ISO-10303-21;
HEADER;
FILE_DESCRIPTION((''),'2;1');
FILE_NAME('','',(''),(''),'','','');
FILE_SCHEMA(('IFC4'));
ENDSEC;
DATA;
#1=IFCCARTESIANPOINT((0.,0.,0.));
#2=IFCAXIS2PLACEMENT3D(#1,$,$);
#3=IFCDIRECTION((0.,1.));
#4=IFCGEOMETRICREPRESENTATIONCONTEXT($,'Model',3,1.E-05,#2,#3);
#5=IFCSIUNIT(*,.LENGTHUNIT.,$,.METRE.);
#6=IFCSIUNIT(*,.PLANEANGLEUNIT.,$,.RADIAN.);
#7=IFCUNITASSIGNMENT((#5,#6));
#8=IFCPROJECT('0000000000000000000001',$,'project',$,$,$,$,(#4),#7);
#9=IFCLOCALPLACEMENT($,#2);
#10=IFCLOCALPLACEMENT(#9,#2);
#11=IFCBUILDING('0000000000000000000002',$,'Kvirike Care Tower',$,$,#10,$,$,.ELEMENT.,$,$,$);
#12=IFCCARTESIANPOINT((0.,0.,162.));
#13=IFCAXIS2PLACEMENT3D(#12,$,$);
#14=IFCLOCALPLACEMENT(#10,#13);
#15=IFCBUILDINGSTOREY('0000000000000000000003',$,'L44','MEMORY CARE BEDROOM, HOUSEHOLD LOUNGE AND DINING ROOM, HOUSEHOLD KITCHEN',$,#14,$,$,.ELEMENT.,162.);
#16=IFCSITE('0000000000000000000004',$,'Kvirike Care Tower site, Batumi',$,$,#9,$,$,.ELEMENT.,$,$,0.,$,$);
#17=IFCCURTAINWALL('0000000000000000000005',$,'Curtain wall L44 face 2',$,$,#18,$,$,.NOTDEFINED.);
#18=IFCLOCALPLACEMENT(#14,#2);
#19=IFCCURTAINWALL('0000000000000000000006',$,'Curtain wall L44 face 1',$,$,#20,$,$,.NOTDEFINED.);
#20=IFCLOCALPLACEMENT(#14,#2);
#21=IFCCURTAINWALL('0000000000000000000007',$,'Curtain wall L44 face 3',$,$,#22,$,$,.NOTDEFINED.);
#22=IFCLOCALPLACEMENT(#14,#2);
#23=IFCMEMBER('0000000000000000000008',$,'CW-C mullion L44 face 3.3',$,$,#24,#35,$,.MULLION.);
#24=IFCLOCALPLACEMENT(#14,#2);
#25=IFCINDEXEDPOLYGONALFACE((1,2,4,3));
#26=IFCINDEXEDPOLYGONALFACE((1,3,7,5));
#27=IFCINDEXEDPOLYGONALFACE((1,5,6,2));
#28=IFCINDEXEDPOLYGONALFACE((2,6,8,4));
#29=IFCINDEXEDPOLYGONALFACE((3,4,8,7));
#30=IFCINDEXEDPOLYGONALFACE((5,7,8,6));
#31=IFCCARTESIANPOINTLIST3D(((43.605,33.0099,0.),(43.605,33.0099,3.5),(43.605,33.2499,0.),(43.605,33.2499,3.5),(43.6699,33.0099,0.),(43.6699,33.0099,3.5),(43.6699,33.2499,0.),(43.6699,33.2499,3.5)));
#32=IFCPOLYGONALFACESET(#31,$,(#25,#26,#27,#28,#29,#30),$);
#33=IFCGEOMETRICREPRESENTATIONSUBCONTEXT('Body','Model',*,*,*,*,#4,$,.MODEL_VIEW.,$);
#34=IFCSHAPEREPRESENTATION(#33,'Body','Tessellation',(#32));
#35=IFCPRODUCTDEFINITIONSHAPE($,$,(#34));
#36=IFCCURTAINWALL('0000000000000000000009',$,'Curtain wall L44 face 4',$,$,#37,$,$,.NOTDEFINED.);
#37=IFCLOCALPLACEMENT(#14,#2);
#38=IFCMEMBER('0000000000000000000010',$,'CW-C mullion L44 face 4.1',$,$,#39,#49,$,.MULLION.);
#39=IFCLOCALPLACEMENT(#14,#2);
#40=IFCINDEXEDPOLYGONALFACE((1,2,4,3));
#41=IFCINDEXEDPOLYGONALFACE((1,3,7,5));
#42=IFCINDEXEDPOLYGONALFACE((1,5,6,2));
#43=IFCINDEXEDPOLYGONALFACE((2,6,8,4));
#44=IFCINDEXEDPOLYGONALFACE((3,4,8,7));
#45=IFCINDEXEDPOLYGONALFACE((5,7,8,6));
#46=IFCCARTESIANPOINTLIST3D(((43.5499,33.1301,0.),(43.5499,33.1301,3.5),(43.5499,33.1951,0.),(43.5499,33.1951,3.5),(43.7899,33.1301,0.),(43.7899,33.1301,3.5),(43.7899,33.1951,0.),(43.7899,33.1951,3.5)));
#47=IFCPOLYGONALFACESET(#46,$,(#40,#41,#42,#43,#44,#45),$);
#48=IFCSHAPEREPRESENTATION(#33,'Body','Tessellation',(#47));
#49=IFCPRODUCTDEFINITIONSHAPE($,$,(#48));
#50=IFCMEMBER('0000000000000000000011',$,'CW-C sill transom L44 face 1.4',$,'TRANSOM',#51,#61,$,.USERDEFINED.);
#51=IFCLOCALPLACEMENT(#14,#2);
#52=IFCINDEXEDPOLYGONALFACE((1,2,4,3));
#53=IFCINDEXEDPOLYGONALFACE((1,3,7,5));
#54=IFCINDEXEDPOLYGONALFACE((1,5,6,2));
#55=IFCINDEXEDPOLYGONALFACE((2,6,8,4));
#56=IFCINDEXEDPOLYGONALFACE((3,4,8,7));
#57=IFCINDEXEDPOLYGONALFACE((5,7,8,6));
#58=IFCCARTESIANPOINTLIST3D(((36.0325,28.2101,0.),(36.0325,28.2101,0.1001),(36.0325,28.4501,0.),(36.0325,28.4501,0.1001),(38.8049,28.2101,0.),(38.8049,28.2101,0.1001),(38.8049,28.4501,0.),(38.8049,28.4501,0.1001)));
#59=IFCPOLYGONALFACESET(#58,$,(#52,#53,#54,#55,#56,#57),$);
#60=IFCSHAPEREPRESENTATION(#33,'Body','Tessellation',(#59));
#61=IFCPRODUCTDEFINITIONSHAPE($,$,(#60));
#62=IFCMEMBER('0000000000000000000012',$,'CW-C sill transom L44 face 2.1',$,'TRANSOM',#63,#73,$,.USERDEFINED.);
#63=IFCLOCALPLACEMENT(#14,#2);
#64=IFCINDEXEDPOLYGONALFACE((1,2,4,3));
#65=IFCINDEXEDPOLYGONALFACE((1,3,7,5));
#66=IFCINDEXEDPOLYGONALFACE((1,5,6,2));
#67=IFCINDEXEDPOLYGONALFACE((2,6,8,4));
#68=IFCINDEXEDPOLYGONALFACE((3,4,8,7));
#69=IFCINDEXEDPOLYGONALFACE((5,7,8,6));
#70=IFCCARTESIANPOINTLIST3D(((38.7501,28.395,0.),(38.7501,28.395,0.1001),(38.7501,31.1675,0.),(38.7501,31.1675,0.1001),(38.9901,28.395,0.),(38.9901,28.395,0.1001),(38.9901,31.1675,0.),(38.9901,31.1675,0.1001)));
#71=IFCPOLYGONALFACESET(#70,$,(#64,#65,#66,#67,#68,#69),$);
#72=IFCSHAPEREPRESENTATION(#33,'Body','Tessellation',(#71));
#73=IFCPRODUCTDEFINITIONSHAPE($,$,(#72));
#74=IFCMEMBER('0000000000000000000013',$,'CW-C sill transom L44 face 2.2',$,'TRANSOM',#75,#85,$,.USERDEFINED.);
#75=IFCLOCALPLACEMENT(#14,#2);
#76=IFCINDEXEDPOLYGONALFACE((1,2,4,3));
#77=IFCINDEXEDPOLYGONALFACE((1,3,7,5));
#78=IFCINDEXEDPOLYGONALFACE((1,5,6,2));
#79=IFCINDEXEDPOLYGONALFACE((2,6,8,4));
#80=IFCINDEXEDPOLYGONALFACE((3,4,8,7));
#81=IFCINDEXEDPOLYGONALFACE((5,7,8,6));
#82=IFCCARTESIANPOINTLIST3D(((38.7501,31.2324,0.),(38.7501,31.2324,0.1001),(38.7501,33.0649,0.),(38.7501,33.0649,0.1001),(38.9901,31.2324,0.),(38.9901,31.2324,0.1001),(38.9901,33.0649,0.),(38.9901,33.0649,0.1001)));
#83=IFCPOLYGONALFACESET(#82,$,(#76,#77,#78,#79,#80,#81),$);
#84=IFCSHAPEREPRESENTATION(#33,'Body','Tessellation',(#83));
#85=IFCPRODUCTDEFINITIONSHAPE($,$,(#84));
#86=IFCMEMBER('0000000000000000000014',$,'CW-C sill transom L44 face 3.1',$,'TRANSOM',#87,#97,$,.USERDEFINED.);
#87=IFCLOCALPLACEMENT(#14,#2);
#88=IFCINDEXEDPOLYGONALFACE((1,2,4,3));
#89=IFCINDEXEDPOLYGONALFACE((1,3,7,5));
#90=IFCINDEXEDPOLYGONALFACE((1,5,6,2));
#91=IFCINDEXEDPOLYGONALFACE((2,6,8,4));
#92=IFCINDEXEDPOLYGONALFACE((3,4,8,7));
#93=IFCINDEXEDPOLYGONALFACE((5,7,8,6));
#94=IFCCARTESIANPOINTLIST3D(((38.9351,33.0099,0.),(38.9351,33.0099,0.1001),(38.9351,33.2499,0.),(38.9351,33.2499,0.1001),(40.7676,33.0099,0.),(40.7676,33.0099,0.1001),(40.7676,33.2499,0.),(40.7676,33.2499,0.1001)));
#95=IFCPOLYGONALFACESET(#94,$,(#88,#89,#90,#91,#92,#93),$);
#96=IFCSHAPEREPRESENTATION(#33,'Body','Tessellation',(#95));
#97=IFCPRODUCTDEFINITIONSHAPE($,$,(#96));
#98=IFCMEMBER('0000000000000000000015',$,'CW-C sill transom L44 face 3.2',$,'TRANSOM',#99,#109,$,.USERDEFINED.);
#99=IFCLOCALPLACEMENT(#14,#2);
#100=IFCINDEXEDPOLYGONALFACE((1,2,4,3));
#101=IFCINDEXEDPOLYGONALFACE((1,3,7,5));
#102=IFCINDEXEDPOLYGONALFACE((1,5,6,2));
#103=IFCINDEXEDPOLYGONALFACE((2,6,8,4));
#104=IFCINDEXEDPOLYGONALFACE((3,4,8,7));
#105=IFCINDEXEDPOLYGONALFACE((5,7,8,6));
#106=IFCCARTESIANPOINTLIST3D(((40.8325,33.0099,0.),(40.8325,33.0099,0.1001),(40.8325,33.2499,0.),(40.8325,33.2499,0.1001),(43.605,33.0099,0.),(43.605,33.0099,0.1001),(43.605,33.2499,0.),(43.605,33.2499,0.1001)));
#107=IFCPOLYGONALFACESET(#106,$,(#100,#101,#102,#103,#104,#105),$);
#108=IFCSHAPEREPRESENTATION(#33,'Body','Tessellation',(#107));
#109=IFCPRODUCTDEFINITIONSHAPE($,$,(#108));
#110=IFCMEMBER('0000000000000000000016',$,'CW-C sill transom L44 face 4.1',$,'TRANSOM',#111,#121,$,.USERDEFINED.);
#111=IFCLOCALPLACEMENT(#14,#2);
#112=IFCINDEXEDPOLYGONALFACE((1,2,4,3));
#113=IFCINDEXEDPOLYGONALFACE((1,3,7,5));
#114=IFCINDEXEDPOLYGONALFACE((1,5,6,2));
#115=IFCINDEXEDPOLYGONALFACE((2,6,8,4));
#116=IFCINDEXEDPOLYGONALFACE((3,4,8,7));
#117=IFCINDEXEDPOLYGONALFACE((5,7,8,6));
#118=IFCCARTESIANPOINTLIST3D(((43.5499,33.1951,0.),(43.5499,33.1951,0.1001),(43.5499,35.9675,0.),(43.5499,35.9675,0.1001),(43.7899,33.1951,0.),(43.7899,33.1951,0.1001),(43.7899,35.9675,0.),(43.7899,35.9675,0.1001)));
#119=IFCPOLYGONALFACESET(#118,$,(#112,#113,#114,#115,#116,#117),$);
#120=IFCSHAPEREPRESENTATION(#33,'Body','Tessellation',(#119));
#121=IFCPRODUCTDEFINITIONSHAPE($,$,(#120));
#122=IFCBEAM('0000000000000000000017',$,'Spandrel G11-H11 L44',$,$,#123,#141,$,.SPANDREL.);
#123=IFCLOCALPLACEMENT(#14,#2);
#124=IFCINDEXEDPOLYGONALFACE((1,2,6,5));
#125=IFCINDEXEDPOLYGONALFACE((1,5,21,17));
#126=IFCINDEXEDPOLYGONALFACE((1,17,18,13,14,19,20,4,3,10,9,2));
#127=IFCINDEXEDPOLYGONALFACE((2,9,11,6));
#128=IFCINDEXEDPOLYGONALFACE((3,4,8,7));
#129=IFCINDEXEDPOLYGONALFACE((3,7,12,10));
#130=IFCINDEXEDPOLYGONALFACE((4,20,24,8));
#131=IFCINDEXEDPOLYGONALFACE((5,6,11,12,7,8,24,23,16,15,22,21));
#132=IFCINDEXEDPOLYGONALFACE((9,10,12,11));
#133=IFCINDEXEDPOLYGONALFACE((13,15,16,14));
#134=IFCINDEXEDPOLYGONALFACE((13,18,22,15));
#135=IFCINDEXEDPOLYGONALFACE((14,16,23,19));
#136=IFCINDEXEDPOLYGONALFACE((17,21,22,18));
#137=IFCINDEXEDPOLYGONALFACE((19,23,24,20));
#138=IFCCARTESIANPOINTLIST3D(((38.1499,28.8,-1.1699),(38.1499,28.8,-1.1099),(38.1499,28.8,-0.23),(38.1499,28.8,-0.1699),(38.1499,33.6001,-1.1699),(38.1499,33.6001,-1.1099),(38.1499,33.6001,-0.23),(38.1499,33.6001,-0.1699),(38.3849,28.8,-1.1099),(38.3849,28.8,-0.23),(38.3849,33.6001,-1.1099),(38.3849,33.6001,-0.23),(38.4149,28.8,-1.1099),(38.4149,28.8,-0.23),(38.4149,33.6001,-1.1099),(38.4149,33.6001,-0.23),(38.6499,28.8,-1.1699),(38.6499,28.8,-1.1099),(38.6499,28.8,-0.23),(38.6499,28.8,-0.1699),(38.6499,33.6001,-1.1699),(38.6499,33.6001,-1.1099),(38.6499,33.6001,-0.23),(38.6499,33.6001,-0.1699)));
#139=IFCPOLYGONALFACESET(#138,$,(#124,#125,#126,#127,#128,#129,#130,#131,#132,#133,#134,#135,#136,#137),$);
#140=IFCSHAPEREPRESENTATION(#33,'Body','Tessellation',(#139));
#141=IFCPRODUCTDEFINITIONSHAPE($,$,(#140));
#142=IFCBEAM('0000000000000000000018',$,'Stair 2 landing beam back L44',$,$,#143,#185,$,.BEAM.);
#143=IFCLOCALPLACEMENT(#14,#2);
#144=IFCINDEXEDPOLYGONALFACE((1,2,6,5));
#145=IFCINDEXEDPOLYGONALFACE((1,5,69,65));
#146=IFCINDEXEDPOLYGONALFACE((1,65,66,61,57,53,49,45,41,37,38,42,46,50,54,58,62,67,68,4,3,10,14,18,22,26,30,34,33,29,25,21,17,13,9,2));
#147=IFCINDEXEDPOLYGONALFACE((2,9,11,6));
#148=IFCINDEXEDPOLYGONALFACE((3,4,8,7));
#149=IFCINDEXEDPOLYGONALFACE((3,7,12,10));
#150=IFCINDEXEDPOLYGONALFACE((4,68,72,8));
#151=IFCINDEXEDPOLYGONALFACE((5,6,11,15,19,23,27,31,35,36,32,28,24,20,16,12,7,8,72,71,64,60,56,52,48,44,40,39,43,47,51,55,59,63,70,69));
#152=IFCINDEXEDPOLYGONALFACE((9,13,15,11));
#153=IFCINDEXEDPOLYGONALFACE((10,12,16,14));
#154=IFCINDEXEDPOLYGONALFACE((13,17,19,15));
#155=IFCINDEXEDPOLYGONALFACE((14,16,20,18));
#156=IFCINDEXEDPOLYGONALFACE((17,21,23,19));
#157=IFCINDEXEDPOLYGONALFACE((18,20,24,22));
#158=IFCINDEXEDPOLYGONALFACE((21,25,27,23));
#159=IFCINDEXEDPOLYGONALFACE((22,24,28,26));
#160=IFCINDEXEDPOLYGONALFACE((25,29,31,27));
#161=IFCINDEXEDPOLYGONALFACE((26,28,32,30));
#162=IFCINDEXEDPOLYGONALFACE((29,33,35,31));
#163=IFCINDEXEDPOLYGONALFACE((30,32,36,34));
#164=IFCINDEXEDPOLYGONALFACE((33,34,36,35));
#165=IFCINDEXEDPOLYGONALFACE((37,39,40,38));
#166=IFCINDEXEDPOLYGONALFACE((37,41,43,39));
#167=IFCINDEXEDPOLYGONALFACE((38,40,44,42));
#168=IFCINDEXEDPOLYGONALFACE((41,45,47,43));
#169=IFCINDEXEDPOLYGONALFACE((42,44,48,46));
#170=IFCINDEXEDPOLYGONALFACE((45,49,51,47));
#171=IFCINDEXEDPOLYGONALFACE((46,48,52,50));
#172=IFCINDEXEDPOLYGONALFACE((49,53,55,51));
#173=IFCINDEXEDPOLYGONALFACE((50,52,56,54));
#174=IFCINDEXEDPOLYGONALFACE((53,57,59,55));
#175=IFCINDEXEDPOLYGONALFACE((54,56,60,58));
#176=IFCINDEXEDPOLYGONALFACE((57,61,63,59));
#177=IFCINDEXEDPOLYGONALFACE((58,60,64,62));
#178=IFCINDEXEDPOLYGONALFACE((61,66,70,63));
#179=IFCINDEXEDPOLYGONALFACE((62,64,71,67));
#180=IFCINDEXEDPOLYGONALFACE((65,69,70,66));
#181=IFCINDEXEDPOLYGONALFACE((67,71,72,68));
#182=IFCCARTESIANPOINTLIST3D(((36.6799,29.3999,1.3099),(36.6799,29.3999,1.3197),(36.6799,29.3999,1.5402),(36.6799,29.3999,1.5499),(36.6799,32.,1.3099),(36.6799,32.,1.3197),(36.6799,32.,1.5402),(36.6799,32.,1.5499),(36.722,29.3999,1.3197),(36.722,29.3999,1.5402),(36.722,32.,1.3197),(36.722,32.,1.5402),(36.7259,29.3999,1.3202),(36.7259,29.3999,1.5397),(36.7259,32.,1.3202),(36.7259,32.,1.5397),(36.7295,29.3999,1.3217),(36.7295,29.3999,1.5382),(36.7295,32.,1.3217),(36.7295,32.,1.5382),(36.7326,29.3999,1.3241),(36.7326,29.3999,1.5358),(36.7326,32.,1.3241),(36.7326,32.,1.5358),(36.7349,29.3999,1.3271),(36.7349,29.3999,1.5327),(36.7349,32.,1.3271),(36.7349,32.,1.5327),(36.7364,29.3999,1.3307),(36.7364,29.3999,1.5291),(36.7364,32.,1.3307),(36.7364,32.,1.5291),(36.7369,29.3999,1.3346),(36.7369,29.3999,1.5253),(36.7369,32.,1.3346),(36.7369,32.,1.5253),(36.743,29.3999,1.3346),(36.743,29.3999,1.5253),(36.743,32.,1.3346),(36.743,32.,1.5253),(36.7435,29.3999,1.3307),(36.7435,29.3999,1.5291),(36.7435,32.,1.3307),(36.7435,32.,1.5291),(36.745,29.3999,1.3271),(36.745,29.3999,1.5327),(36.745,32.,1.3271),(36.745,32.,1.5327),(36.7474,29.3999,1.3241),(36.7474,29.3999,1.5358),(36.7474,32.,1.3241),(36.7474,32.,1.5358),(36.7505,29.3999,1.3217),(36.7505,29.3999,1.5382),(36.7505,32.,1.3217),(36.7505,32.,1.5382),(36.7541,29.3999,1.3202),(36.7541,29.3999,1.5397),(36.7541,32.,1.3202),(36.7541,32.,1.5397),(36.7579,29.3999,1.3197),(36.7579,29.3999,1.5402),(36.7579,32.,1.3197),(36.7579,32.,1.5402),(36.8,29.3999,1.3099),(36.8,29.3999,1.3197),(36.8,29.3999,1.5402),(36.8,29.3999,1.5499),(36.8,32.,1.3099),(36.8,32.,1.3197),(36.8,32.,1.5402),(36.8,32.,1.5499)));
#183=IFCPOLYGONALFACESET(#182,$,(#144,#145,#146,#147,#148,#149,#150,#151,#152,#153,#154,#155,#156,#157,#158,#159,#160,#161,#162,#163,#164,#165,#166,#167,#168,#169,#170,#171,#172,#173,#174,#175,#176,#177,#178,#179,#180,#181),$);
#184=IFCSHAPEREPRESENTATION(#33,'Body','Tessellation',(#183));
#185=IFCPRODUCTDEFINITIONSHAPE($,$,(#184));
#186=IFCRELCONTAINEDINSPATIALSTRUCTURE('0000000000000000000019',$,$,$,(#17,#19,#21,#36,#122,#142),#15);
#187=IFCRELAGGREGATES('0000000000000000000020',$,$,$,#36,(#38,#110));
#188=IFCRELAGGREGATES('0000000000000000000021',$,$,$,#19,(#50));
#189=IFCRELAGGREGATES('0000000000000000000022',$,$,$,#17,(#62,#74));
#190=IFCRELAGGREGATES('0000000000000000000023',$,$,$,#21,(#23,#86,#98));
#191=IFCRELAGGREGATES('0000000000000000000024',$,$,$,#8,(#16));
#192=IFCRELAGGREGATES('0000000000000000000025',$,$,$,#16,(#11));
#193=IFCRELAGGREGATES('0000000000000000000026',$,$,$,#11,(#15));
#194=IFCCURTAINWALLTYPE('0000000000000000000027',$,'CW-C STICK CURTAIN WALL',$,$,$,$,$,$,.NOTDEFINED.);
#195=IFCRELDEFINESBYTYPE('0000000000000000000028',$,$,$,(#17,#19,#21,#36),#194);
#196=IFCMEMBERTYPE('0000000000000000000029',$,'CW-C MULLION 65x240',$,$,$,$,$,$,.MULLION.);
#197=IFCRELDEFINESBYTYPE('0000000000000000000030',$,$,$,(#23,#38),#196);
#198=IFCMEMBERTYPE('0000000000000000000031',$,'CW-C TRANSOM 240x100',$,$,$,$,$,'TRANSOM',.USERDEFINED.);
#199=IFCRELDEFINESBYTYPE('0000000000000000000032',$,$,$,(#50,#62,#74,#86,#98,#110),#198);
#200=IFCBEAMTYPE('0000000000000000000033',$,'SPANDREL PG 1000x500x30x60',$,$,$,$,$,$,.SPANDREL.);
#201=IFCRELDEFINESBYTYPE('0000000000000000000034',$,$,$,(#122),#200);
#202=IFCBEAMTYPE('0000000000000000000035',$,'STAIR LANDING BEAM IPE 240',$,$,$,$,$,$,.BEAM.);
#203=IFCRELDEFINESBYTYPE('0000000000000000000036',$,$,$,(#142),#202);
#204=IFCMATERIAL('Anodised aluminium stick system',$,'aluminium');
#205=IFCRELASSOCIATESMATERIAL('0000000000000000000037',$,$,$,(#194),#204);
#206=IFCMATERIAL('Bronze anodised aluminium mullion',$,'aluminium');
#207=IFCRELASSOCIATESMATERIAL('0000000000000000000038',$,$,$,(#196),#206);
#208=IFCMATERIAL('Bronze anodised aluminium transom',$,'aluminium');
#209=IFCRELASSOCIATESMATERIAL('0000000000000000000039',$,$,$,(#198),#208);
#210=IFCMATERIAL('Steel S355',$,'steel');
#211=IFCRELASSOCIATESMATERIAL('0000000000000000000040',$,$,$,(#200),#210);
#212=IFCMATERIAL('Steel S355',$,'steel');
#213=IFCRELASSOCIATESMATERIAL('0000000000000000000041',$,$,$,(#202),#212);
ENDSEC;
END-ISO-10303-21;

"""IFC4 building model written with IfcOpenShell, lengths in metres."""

from ifc_helpers import new_model, si_unit, direction, frame, origin, origin_2d, place, context, subcontext, project, spatial, rectangle, i_section, extrude, material, material_profile, profile_set, type_object, element, aggregate, save


model = new_model("IFC4")

# Units and contexts
model_context = context("Model", 3, precision=1e-05, world=origin(), true_north=direction((0.0, 1.0)))
body_context = subcontext(model_context, "Body", "Model", "MODEL_VIEW")
ifc_project = project(units=[si_unit("LENGTHUNIT", "METRE"), si_unit("PLANEANGLEUNIT", "RADIAN")], contexts=[model_context])

# Site, building, storey
site_placement = place(None, origin())
site = spatial("IfcSite", under=ifc_project, at=site_placement, Name="Kvirike Care Tower site, Batumi", CompositionType="ELEMENT", RefElevation=0.0)
building_placement = place(site_placement, origin())
building = spatial("IfcBuilding", under=site, at=building_placement, Name="Kvirike Care Tower", CompositionType="ELEMENT")
storey_placement = place(building_placement, frame((0.0, 0.0, 162.0)))
storey = spatial("IfcBuildingStorey", under=building, at=storey_placement, Name="L44", Description="MEMORY CARE BEDROOM, HOUSEHOLD LOUNGE AND DINING ROOM, HOUSEHOLD KITCHEN", CompositionType="ELEMENT", Elevation=162.0)

# Curtain wall
ifc_material_1 = material(Name="Anodised aluminium stick system", Category="aluminium")
curtain_wall_type = type_object("IfcCurtainWallType", Name="CW-C STICK CURTAIN WALL", PredefinedType="NOTDEFINED", material=ifc_material_1)
curtain_wall_1_placement = place(storey_placement, origin())
curtain_wall_1 = element("IfcCurtainWall", 1, at=curtain_wall_1_placement, inside=storey, type_object=curtain_wall_type, Name="Curtain wall L44 face 2", PredefinedType="NOTDEFINED")

# Curtain wall
curtain_wall_2_placement = place(storey_placement, origin())
curtain_wall_2 = element("IfcCurtainWall", 2, at=curtain_wall_2_placement, inside=storey, type_object=curtain_wall_type, Name="Curtain wall L44 face 1", PredefinedType="NOTDEFINED")
ifc_material_2 = material(Name="Bronze anodised aluminium mullion", Category="aluminium")
ifc_material_profile_1 = material_profile(ifc_material_2, rectangle(XDim=0.0649, YDim=0.24, at=origin_2d()), Name="CW-C MULLION 65x240")
ifc_profile_set_1 = profile_set([ifc_material_profile_1], Name="Bronze anodised aluminium mullion")
member_type_1 = type_object("IfcMemberType", Name="CW-C MULLION 65x240", PredefinedType="MULLION", material=ifc_profile_set_1)

# Curtain wall, member
curtain_wall_3_placement = place(storey_placement, origin())
curtain_wall_3 = element("IfcCurtainWall", 3, at=curtain_wall_3_placement, inside=storey, type_object=curtain_wall_type, Name="Curtain wall L44 face 3", PredefinedType="NOTDEFINED")
member_1_placement = place(storey_placement, frame((43.6375, 33.1299, 0.0), z_axis=(0.0, 0.0, 1.0), x_axis=(1.0, 0.0, 0.0)))
member_1 = element("IfcMember", 4, at=member_1_placement, type_object=member_type_1, Name="CW-C mullion L44 face 3.3", PredefinedType="MULLION", context=body_context, shape_type="SweptSolid", body=[
    extrude(rectangle(XDim=0.0649, YDim=0.24, at=origin_2d()), origin(), (0.0, 0.0, 1.0), 3.5),
])

# Curtain wall, member
curtain_wall_4_placement = place(storey_placement, origin())
curtain_wall_4 = element("IfcCurtainWall", 5, at=curtain_wall_4_placement, inside=storey, type_object=curtain_wall_type, Name="Curtain wall L44 face 4", PredefinedType="NOTDEFINED")
member_2_placement = place(storey_placement, frame((43.6699, 33.1626, 0.0), z_axis=(0.0, 0.0, 1.0), x_axis=(0.0, 1.0, 0.0)))
member_2 = element("IfcMember", 6, at=member_2_placement, type_object=member_type_1, Name="CW-C mullion L44 face 4.1", PredefinedType="MULLION", context=body_context, shape_type="SweptSolid", body=[
    extrude(rectangle(XDim=0.0649, YDim=0.24, at=origin_2d()), origin(), (0.0, 0.0, 1.0), 3.5),
])

# Members
ifc_material_3 = material(Name="Bronze anodised aluminium transom", Category="aluminium")
ifc_material_profile_2 = material_profile(ifc_material_3, rectangle(XDim=0.24, YDim=0.1001, at=origin_2d()), Name="CW-C TRANSOM 240x100")
ifc_profile_set_2 = profile_set([ifc_material_profile_2], Name="Bronze anodised aluminium transom")
member_type_2 = type_object("IfcMemberType", Name="CW-C TRANSOM 240x100", ElementType="TRANSOM", PredefinedType="USERDEFINED", material=ifc_profile_set_2)
member_3_placement = place(storey_placement, frame((36.0325, 28.3301, 0.05), z_axis=(1.0, 0.0, 0.0), x_axis=(0.0, 1.0, 0.0)))
member_3 = element("IfcMember", 7, at=member_3_placement, type_object=member_type_2, Name="CW-C sill transom L44 face 1.4", ObjectType="TRANSOM", PredefinedType="USERDEFINED", context=body_context, shape_type="SweptSolid", body=[
    extrude(rectangle(XDim=0.24, YDim=0.1001, at=origin_2d()), origin(), (0.0, 0.0, 1.0), 2.7725),
])
member_4_placement = place(storey_placement, frame((38.8701, 28.395, 0.05), z_axis=(0.0, 1.0, 0.0), x_axis=(-1.0, 0.0, 0.0)))
member_4 = element("IfcMember", 8, at=member_4_placement, type_object=member_type_2, Name="CW-C sill transom L44 face 2.1", ObjectType="TRANSOM", PredefinedType="USERDEFINED", context=body_context, shape_type="SweptSolid", body=[
    extrude(rectangle(XDim=0.24, YDim=0.1001, at=origin_2d()), origin(), (0.0, 0.0, 1.0), 2.7725),
])
member_5_placement = place(storey_placement, frame((38.8701, 31.2324, 0.05), z_axis=(0.0, 1.0, 0.0), x_axis=(-1.0, 0.0, 0.0)))
member_5 = element("IfcMember", 9, at=member_5_placement, type_object=member_type_2, Name="CW-C sill transom L44 face 2.2", ObjectType="TRANSOM", PredefinedType="USERDEFINED", context=body_context, shape_type="SweptSolid", body=[
    extrude(rectangle(XDim=0.24, YDim=0.1001, at=origin_2d()), origin(), (0.0, 0.0, 1.0), 1.8325),
])
member_6_placement = place(storey_placement, frame((38.9351, 33.1299, 0.05), z_axis=(1.0, 0.0, 0.0), x_axis=(0.0, 1.0, 0.0)))
member_6 = element("IfcMember", 10, at=member_6_placement, type_object=member_type_2, Name="CW-C sill transom L44 face 3.1", ObjectType="TRANSOM", PredefinedType="USERDEFINED", context=body_context, shape_type="SweptSolid", body=[
    extrude(rectangle(XDim=0.24, YDim=0.1001, at=origin_2d()), origin(), (0.0, 0.0, 1.0), 1.8325),
])
member_7_placement = place(storey_placement, frame((40.8325, 33.1299, 0.05), z_axis=(1.0, 0.0, 0.0), x_axis=(0.0, 1.0, 0.0)))
member_7 = element("IfcMember", 11, at=member_7_placement, type_object=member_type_2, Name="CW-C sill transom L44 face 3.2", ObjectType="TRANSOM", PredefinedType="USERDEFINED", context=body_context, shape_type="SweptSolid", body=[
    extrude(rectangle(XDim=0.24, YDim=0.1001, at=origin_2d()), origin(), (0.0, 0.0, 1.0), 2.7725),
])
member_8_placement = place(storey_placement, frame((43.6699, 33.1951, 0.05), z_axis=(0.0, 1.0, 0.0), x_axis=(-1.0, 0.0, 0.0)))
member_8 = element("IfcMember", 12, at=member_8_placement, type_object=member_type_2, Name="CW-C sill transom L44 face 4.1", ObjectType="TRANSOM", PredefinedType="USERDEFINED", context=body_context, shape_type="SweptSolid", body=[
    extrude(rectangle(XDim=0.24, YDim=0.1001, at=origin_2d()), origin(), (0.0, 0.0, 1.0), 2.7725),
])
aggregate(curtain_wall_4, [member_2, member_8])

# Beams
ifc_material_4 = material(Name="Steel S355", Category="steel")
ifc_material_profile_3 = material_profile(ifc_material_4, i_section(OverallWidth=0.5, OverallDepth=1.0, WebThickness=0.03, FlangeThickness=0.0601, at=origin_2d()), Name="PG 1000x500x30x60")
ifc_profile_set_3 = profile_set([ifc_material_profile_3], Name="Steel S355")
beam_type_1 = type_object("IfcBeamType", Name="SPANDREL PG 1000x500x30x60", PredefinedType="SPANDREL", material=ifc_profile_set_3)
beam_placement = place(storey_placement, frame((38.3999, 28.8, -0.6699), z_axis=(0.0, 1.0, 0.0), x_axis=(-1.0, 0.0, 0.0)))
element("IfcBeam", 13, at=beam_placement, inside=storey, type_object=beam_type_1, Name="Spandrel G11-H11 L44", PredefinedType="SPANDREL", context=body_context, shape_type="SweptSolid", body=[
    extrude(i_section(OverallWidth=0.5, OverallDepth=1.0, WebThickness=0.03, FlangeThickness=0.0601, at=origin_2d()), origin(), (0.0, 0.0, 1.0), 4.8),
])
ifc_material_5 = material(Name="Steel S355", Category="steel")
ifc_material_profile_4 = material_profile(ifc_material_5, i_section(OverallWidth=0.1201, OverallDepth=0.24, WebThickness=0.0061, FlangeThickness=0.0098, FilletRadius=0.0149, at=origin_2d()), Name="IPE 240")
ifc_profile_set_4 = profile_set([ifc_material_profile_4], Name="Steel S355")
beam_type_2 = type_object("IfcBeamType", Name="STAIR LANDING BEAM IPE 240", PredefinedType="BEAM", material=ifc_profile_set_4)
for number, where, z_axis, x_axis, name in (
    (14, (36.74, 29.3999, 1.4299), (0.0, 1.0, 0.0), (-1.0, 0.0, 0.0), "Stair 2 landing beam back L44"),
):
    element("IfcBeam", number, at=place(storey_placement, frame(where, z_axis=z_axis, x_axis=x_axis)), inside=storey, type_object=beam_type_2, Name=name, PredefinedType="BEAM", context=body_context, shape_type="SweptSolid", body=[
        extrude(i_section(OverallWidth=0.1201, OverallDepth=0.24, WebThickness=0.0061, FlangeThickness=0.0098, FilletRadius=0.0149, at=origin_2d()), origin(), (0.0, 0.0, 1.0), 2.6001),
    ])

aggregate(curtain_wall_2, [member_3])
aggregate(curtain_wall_1, [member_4, member_5])
aggregate(curtain_wall_3, [member_1, member_6, member_7])

save(model, "model.ifc")
